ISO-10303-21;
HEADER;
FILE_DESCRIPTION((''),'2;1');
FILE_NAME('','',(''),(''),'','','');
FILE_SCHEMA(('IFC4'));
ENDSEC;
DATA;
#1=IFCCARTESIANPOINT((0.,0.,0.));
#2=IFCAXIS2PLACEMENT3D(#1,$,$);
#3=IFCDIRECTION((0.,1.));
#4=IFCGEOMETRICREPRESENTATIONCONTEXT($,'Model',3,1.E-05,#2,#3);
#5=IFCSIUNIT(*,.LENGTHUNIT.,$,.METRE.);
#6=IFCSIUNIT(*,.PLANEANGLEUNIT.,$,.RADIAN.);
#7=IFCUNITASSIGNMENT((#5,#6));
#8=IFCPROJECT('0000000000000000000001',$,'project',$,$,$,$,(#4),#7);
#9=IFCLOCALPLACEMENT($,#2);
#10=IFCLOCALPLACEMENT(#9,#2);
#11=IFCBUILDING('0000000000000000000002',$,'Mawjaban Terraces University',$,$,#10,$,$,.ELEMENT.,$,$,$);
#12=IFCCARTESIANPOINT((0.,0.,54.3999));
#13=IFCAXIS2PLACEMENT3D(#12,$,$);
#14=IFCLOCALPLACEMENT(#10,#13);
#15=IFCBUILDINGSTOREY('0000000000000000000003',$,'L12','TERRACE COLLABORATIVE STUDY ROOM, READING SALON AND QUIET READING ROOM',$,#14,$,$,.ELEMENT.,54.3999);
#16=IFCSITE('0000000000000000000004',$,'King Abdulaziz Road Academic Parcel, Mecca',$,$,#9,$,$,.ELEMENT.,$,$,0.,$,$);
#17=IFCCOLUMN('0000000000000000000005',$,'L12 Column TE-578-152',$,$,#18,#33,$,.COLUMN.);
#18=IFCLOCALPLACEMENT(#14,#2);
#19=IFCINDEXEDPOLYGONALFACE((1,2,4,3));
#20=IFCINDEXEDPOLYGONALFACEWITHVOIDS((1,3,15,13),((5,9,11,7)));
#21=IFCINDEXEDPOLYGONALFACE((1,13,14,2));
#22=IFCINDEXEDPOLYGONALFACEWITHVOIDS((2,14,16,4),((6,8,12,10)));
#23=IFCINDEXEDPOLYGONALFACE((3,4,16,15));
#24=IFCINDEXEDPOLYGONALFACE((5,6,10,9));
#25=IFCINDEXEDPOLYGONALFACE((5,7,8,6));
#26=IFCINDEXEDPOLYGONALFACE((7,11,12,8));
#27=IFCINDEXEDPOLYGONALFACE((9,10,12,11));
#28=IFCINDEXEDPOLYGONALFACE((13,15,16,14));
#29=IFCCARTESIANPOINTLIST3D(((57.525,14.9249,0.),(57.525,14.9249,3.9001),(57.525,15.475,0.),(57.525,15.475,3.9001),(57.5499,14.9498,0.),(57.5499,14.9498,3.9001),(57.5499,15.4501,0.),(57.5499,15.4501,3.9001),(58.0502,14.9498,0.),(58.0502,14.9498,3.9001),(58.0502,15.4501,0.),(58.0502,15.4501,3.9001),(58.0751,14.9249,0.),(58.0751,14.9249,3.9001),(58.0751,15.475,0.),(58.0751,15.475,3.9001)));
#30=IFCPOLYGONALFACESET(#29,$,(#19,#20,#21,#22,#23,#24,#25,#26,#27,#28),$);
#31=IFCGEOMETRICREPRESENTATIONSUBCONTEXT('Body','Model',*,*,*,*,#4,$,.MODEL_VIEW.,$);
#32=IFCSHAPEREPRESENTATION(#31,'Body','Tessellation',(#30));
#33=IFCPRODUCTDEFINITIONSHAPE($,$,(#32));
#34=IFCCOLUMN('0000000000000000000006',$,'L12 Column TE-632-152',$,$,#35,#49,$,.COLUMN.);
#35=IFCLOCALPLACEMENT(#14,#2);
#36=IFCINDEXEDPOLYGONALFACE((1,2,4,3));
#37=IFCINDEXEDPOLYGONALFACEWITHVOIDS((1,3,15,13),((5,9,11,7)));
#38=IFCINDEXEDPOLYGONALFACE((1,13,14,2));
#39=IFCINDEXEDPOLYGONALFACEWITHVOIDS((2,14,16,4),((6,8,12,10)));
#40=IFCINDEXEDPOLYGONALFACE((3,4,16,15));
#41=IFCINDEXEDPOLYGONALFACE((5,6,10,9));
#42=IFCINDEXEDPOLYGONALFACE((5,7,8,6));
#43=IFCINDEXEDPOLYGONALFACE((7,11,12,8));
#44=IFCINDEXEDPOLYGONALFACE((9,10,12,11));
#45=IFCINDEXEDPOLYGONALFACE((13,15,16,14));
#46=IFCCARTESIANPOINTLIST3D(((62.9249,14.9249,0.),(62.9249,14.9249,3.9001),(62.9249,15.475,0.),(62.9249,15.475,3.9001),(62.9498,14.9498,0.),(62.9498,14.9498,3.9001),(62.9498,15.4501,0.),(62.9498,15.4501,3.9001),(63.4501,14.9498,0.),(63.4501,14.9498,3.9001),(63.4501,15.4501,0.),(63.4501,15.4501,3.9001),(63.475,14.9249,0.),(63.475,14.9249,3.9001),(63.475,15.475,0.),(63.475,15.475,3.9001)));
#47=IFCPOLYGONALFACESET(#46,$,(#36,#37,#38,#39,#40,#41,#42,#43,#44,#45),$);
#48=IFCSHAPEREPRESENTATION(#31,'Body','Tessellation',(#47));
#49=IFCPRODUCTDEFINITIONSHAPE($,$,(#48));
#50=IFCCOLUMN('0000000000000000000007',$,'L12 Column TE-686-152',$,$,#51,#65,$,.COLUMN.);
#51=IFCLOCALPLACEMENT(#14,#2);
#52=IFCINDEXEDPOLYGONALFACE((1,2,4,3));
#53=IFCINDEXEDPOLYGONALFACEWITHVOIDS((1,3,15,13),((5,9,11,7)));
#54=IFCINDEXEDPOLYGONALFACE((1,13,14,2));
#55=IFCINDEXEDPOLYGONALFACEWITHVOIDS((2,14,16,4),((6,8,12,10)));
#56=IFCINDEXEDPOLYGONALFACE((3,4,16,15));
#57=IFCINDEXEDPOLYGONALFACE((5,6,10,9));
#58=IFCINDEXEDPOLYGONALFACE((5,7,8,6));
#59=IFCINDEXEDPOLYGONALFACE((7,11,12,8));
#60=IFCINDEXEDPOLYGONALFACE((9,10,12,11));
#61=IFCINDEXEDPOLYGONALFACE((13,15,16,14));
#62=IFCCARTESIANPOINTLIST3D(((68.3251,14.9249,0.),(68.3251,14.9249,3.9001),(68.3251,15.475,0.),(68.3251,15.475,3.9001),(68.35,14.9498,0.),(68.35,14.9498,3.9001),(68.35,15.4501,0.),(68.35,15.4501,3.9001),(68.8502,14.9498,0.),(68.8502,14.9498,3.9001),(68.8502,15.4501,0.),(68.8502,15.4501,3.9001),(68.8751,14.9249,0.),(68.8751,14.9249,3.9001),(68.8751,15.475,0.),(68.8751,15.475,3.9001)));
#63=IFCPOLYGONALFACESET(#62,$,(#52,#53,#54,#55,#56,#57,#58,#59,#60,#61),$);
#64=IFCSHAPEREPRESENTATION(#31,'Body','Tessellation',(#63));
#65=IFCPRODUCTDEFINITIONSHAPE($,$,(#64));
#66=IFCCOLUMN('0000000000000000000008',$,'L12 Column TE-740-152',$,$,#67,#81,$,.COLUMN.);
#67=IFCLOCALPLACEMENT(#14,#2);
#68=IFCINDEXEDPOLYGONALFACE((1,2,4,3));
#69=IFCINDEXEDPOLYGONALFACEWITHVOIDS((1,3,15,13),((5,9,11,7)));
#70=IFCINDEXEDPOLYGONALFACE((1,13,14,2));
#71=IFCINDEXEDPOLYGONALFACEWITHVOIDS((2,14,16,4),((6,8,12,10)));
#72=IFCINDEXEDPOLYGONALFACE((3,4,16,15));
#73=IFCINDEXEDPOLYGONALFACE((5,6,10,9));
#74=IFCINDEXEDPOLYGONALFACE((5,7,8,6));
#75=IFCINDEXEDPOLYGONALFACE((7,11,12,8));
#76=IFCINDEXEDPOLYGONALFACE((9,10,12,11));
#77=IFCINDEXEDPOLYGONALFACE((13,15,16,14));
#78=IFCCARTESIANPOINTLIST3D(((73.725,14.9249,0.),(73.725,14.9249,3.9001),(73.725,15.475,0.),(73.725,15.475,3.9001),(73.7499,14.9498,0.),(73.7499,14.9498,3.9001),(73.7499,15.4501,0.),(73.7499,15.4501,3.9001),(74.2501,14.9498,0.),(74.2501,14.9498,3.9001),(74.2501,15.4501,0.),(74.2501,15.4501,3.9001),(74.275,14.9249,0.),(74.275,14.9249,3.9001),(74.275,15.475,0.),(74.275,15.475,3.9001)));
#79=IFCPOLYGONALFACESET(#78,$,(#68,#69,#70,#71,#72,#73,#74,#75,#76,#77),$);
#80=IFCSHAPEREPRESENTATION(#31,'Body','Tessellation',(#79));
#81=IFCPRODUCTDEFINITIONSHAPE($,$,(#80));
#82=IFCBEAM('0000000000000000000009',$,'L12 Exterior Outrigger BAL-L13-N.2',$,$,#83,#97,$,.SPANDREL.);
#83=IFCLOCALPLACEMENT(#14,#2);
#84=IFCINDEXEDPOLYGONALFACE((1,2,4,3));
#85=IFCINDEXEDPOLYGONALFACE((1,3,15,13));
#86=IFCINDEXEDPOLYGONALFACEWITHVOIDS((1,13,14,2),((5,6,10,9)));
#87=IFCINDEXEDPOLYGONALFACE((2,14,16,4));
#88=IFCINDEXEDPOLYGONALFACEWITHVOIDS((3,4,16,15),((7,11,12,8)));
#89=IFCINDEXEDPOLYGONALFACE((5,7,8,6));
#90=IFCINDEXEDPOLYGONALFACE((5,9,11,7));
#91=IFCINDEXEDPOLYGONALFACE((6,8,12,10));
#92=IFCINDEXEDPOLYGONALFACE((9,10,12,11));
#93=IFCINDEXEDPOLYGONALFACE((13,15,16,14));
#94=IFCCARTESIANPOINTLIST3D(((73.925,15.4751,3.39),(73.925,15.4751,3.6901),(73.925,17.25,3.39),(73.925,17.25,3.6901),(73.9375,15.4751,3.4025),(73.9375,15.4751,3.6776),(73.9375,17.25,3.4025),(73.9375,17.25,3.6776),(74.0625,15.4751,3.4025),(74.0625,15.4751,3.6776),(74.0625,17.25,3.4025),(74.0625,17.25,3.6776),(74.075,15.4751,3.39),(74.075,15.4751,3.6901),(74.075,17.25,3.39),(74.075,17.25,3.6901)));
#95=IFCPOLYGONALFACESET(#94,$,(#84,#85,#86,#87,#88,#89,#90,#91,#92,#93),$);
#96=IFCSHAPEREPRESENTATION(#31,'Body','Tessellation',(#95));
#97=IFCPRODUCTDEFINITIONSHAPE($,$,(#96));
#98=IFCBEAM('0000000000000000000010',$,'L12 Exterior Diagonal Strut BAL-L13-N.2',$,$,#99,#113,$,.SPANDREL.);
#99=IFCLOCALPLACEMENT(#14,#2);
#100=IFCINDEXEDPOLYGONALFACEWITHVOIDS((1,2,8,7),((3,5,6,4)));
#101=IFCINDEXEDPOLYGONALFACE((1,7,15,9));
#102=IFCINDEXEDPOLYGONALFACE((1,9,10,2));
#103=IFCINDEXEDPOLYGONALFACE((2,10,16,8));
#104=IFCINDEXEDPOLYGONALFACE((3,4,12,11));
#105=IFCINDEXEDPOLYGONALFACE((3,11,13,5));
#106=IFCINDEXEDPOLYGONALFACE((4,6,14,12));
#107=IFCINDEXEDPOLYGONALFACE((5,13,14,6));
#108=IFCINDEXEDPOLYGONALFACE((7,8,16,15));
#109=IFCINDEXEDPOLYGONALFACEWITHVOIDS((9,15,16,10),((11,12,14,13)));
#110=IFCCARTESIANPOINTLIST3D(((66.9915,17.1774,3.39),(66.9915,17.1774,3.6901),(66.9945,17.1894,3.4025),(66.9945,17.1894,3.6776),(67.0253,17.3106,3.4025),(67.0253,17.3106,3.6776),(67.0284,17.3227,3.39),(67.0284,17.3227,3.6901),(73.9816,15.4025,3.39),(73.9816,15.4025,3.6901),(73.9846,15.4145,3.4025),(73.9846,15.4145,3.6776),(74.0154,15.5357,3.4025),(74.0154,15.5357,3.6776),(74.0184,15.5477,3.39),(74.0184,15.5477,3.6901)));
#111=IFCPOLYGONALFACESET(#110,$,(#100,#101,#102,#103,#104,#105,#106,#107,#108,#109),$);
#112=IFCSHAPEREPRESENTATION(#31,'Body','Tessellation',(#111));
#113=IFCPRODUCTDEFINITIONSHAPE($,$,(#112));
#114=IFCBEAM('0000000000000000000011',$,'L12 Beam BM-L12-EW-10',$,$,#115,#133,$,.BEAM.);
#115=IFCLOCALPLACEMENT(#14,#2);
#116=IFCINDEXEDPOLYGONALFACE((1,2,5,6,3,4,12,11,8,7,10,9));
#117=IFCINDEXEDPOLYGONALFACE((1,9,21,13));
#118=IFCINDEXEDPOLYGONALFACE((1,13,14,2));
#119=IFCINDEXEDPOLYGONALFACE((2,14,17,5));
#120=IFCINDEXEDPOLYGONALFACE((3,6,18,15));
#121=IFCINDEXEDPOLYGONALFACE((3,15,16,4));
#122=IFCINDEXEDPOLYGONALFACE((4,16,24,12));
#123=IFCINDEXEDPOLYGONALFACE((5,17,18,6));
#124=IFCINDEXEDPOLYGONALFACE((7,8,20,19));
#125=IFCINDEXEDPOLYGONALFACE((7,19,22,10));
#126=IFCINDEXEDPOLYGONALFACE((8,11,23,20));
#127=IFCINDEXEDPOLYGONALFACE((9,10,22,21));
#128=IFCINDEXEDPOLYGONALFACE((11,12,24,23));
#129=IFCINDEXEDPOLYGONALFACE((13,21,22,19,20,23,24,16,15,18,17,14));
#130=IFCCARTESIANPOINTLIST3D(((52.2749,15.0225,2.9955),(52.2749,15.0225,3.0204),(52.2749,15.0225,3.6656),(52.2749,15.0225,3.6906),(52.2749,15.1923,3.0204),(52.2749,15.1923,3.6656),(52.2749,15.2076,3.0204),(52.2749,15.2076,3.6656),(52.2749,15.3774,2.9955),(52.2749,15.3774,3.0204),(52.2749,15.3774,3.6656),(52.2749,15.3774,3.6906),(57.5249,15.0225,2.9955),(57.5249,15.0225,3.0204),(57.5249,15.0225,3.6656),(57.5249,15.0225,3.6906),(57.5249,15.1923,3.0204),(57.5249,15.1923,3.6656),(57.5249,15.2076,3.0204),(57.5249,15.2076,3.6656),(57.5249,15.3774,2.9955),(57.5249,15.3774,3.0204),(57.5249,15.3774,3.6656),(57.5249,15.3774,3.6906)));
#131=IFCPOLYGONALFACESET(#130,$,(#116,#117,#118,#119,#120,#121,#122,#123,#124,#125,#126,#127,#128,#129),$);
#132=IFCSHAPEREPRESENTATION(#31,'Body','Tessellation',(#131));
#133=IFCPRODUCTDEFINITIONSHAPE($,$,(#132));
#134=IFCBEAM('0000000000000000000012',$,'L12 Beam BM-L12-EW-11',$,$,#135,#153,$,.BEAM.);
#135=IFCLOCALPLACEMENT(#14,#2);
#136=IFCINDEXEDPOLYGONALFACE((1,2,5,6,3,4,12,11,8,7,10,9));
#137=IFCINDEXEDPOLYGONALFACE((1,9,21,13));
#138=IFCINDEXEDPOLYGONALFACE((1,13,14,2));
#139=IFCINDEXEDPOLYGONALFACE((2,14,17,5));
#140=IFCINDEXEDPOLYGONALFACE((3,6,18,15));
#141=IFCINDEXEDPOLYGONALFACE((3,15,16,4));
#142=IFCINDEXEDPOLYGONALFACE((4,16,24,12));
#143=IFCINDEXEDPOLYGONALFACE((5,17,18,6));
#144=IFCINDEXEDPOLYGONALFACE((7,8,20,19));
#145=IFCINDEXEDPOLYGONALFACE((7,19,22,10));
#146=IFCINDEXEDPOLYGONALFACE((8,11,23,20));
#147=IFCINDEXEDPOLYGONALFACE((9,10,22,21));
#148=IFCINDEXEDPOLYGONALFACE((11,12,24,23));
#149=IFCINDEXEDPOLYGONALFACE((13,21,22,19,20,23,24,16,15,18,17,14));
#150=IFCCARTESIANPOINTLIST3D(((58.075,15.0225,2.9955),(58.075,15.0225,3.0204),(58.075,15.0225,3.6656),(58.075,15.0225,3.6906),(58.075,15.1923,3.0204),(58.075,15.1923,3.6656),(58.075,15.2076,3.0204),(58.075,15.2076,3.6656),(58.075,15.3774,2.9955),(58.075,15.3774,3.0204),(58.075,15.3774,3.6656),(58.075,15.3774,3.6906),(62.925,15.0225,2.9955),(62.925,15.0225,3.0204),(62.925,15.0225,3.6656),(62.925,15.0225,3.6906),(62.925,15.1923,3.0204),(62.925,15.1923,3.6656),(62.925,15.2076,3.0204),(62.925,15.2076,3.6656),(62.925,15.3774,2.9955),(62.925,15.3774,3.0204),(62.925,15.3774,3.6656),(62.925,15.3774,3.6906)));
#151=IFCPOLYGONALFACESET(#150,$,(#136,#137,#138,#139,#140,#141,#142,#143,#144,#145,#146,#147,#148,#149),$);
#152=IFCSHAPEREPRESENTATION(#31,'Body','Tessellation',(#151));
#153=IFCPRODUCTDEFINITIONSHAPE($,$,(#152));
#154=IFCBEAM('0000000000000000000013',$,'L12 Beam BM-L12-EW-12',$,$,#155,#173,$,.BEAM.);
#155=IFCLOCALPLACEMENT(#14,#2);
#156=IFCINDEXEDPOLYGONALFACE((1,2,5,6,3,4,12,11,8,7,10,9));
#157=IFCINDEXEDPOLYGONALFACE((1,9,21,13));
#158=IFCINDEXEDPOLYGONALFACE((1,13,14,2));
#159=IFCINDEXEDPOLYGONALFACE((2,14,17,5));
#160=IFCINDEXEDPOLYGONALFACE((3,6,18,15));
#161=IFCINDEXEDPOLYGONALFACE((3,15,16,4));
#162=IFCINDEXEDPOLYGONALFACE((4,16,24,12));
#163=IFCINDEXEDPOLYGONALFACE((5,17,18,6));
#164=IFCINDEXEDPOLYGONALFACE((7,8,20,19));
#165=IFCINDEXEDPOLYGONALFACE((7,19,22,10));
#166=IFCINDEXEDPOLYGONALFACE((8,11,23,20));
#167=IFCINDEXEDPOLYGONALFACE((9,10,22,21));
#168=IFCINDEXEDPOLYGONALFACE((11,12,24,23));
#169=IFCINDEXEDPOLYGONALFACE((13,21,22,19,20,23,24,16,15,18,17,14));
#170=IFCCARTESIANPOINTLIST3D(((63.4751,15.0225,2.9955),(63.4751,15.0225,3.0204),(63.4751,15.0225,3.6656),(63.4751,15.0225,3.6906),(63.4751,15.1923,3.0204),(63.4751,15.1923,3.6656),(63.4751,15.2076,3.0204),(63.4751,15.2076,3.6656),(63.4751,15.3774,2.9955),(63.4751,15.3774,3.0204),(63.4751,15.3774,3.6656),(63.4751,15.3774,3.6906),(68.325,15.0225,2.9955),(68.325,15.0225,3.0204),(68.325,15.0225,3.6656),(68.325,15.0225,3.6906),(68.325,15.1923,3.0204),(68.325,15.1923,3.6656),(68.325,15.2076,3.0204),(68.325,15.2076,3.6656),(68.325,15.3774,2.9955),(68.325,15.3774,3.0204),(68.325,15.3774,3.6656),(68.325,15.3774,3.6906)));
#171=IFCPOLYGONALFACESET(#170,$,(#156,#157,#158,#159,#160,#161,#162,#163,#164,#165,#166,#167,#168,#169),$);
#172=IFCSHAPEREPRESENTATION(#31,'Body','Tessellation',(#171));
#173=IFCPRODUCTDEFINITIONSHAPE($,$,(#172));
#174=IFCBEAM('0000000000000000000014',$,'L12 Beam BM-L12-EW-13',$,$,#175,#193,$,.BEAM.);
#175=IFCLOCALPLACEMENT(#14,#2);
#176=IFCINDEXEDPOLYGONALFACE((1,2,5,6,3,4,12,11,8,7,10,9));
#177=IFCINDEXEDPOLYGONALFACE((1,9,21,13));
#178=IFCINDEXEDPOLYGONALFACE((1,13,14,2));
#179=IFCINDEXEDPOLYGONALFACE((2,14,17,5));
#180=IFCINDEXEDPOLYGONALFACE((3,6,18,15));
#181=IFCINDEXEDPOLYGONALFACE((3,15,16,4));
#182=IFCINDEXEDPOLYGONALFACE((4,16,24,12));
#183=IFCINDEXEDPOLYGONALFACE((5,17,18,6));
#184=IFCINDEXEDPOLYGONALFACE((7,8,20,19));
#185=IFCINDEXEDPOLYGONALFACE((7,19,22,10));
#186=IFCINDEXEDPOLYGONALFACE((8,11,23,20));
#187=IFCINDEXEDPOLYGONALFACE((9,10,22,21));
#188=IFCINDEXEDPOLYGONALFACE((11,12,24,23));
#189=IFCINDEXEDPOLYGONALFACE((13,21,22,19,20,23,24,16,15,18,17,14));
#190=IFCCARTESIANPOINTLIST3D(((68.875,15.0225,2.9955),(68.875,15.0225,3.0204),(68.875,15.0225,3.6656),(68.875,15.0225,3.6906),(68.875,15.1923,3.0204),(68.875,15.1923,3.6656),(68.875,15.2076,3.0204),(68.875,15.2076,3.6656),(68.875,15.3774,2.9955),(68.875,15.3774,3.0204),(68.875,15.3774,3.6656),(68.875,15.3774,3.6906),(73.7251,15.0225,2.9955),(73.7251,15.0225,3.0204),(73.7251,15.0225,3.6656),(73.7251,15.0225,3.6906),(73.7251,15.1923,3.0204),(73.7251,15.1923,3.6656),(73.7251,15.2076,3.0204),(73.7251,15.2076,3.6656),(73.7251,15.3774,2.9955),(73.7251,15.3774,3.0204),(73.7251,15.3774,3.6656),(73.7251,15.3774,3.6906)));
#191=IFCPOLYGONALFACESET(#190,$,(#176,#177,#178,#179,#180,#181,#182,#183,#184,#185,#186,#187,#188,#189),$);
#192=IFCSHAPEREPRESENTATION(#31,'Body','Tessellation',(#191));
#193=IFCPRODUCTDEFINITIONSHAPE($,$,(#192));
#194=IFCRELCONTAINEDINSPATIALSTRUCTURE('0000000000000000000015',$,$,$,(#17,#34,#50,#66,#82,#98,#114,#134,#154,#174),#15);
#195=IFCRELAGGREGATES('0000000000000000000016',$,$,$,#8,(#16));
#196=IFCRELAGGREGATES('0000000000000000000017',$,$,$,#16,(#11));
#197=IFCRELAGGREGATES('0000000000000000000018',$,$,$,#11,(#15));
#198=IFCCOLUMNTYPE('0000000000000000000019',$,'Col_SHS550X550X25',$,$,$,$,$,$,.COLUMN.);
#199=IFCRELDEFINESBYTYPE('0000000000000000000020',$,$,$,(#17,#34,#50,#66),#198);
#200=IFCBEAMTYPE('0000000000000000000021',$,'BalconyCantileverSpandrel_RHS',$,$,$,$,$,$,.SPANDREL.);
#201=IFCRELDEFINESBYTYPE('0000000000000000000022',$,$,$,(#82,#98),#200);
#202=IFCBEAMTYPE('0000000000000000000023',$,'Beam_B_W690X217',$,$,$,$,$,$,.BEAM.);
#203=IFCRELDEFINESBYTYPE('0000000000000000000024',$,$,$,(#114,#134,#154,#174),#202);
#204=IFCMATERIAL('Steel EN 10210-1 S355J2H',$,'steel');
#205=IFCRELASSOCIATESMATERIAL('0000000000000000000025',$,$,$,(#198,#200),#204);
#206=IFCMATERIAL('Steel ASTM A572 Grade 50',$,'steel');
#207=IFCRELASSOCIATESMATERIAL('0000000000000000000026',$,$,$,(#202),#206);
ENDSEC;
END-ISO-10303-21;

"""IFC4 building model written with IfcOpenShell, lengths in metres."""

from ifc_helpers import new_model, si_unit, direction, frame, origin, origin_2d, place, context, subcontext, project, spatial, hollow_rectangle, i_section, extrude, material, material_profile, profile_set, type_object, element, save


model = new_model("IFC4")

# Units and contexts
model_context = context("Model", 3, precision=1e-05, world=origin(), true_north=direction((0.0, 1.0)))
body_context = subcontext(model_context, "Body", "Model", "MODEL_VIEW")
ifc_project = project(units=[si_unit("LENGTHUNIT", "METRE"), si_unit("PLANEANGLEUNIT", "RADIAN")], contexts=[model_context])

# Site, building, storey
site_placement = place(None, origin())
site = spatial("IfcSite", under=ifc_project, at=site_placement, Name="King Abdulaziz Road Academic Parcel, Mecca", CompositionType="ELEMENT", RefElevation=0.0)
building_placement = place(site_placement, origin())
building = spatial("IfcBuilding", under=site, at=building_placement, Name="Mawjaban Terraces University", CompositionType="ELEMENT")
storey_placement = place(building_placement, frame((0.0, 0.0, 54.3999)))
storey = spatial("IfcBuildingStorey", under=building, at=storey_placement, Name="L12", Description="TERRACE COLLABORATIVE STUDY ROOM, READING SALON AND QUIET READING ROOM", CompositionType="ELEMENT", Elevation=54.3999)

# Columns
ifc_material_1 = material(Name="Steel EN 10210-1 S355J2H", Category="steel")
ifc_material_profile_1 = material_profile(ifc_material_1, hollow_rectangle(XDim=0.55, YDim=0.55, WallThickness=0.0249, at=origin_2d()), Name="SHS550X550X25")
ifc_profile_set_1 = profile_set([ifc_material_profile_1], Name="Steel EN 10210-1 S355J2H")
column_type = type_object("IfcColumnType", Name="Col_SHS550X550X25", PredefinedType="COLUMN", material=ifc_profile_set_1)
for number, where, z_axis, x_axis, name in (
    (1, (57.8, 15.2, 0.0), (0.0, 0.0, 1.0), (1.0, 0.0, 0.0), "L12 Column TE-578-152"),
    (2, (63.2, 15.2, 0.0), (0.0, 0.0, 1.0), (1.0, 0.0, 0.0), "L12 Column TE-632-152"),
    (3, (68.6001, 15.2, 0.0), (0.0, 0.0, 1.0), (1.0, 0.0, 0.0), "L12 Column TE-686-152"),
    (4, (74.0, 15.2, 0.0), (0.0, 0.0, 1.0), (1.0, 0.0, 0.0), "L12 Column TE-740-152"),
):
    element("IfcColumn", number, at=place(storey_placement, frame(where, z_axis=z_axis, x_axis=x_axis)), inside=storey, type_object=column_type, Name=name, PredefinedType="COLUMN", context=body_context, shape_type="SweptSolid", body=[
        extrude(hollow_rectangle(XDim=0.55, YDim=0.55, WallThickness=0.0249, at=origin_2d()), origin(), (0.0, 0.0, 1.0), 3.9001),
    ])

# Beams
ifc_material_profile_2 = material_profile(ifc_material_1, hollow_rectangle(XDim=0.1499, YDim=0.3, WallThickness=0.0125, at=origin_2d()), Name="RHS300X150X12.5")
ifc_profile_set_2 = profile_set([ifc_material_profile_2], Name="Steel EN 10210-1 S355J2H")
beam_type_1 = type_object("IfcBeamType", Name="BalconyCantileverSpandrel_RHS", PredefinedType="SPANDREL", material=ifc_profile_set_2)
beam_1_placement = place(storey_placement, frame((74.0, 15.4751, 3.54), z_axis=(0.0, 1.0, 0.0), x_axis=(-1.0, 0.0, 0.0)))
element("IfcBeam", 5, at=beam_1_placement, inside=storey, type_object=beam_type_1, Name="L12 Exterior Outrigger BAL-L13-N.2", PredefinedType="SPANDREL", context=body_context, shape_type="SweptSolid", body=[
    extrude(hollow_rectangle(XDim=0.1499, YDim=0.3, WallThickness=0.0125, at=origin_2d()), origin(), (0.0, 0.0, 1.0), 1.7749),
])
beam_2_placement = place(storey_placement, frame((74.0, 15.4751, 3.54), z_axis=(-0.969242, 0.24611, 0.0), x_axis=(-0.24611, -0.969242, 0.0)))
element("IfcBeam", 6, at=beam_2_placement, inside=storey, type_object=beam_type_1, Name="L12 Exterior Diagonal Strut BAL-L13-N.2", PredefinedType="SPANDREL", context=body_context, shape_type="SweptSolid", body=[
    extrude(hollow_rectangle(XDim=0.1499, YDim=0.3, WallThickness=0.0125, at=origin_2d()), origin(), (0.0, 0.0, 1.0), 7.2119),
])
ifc_material_2 = material(Name="Steel ASTM A572 Grade 50", Category="steel")
ifc_material_profile_3 = material_profile(ifc_material_2, i_section(OverallWidth=0.355, OverallDepth=0.6951, WebThickness=0.0154, FlangeThickness=0.0249, at=origin_2d()), Name="W690X217")
ifc_profile_set_3 = profile_set([ifc_material_profile_3], Name="Steel ASTM A572 Grade 50")
beam_type_2 = type_object("IfcBeamType", Name="Beam_B_W690X217", PredefinedType="BEAM", material=ifc_profile_set_3)
beam_3_placement = place(storey_placement, frame((52.2749, 15.2, 3.343), z_axis=(1.0, 0.0, 0.0), x_axis=(0.0, 1.0, 0.0)))
element("IfcBeam", 7, at=beam_3_placement, inside=storey, type_object=beam_type_2, Name="L12 Beam BM-L12-EW-10", PredefinedType="BEAM", context=body_context, shape_type="SweptSolid", body=[
    extrude(i_section(OverallWidth=0.355, OverallDepth=0.6951, WebThickness=0.0154, FlangeThickness=0.0249, at=origin_2d()), origin(), (0.0, 0.0, 1.0), 5.25),
])
beam_4_placement = place(storey_placement, frame((58.075, 15.2, 3.343), z_axis=(1.0, 0.0, 0.0), x_axis=(0.0, 1.0, 0.0)))
element("IfcBeam", 8, at=beam_4_placement, inside=storey, type_object=beam_type_2, Name="L12 Beam BM-L12-EW-11", PredefinedType="BEAM", context=body_context, shape_type="SweptSolid", body=[
    extrude(i_section(OverallWidth=0.355, OverallDepth=0.6951, WebThickness=0.0154, FlangeThickness=0.0249, at=origin_2d()), origin(), (0.0, 0.0, 1.0), 4.8501),
])
beam_5_placement = place(storey_placement, frame((63.4751, 15.2, 3.343), z_axis=(1.0, 0.0, 0.0), x_axis=(0.0, 1.0, 0.0)))
element("IfcBeam", 9, at=beam_5_placement, inside=storey, type_object=beam_type_2, Name="L12 Beam BM-L12-EW-12", PredefinedType="BEAM", context=body_context, shape_type="SweptSolid", body=[
    extrude(i_section(OverallWidth=0.355, OverallDepth=0.6951, WebThickness=0.0154, FlangeThickness=0.0249, at=origin_2d()), origin(), (0.0, 0.0, 1.0), 4.8499),
])
beam_6_placement = place(storey_placement, frame((68.875, 15.2, 3.343), z_axis=(1.0, 0.0, 0.0), x_axis=(0.0, 1.0, 0.0)))
element("IfcBeam", 10, at=beam_6_placement, inside=storey, type_object=beam_type_2, Name="L12 Beam BM-L12-EW-13", PredefinedType="BEAM", context=body_context, shape_type="SweptSolid", body=[
    extrude(i_section(OverallWidth=0.355, OverallDepth=0.6951, WebThickness=0.0154, FlangeThickness=0.0249, at=origin_2d()), origin(), (0.0, 0.0, 1.0), 4.8501),
])

save(model, "model.ifc")
